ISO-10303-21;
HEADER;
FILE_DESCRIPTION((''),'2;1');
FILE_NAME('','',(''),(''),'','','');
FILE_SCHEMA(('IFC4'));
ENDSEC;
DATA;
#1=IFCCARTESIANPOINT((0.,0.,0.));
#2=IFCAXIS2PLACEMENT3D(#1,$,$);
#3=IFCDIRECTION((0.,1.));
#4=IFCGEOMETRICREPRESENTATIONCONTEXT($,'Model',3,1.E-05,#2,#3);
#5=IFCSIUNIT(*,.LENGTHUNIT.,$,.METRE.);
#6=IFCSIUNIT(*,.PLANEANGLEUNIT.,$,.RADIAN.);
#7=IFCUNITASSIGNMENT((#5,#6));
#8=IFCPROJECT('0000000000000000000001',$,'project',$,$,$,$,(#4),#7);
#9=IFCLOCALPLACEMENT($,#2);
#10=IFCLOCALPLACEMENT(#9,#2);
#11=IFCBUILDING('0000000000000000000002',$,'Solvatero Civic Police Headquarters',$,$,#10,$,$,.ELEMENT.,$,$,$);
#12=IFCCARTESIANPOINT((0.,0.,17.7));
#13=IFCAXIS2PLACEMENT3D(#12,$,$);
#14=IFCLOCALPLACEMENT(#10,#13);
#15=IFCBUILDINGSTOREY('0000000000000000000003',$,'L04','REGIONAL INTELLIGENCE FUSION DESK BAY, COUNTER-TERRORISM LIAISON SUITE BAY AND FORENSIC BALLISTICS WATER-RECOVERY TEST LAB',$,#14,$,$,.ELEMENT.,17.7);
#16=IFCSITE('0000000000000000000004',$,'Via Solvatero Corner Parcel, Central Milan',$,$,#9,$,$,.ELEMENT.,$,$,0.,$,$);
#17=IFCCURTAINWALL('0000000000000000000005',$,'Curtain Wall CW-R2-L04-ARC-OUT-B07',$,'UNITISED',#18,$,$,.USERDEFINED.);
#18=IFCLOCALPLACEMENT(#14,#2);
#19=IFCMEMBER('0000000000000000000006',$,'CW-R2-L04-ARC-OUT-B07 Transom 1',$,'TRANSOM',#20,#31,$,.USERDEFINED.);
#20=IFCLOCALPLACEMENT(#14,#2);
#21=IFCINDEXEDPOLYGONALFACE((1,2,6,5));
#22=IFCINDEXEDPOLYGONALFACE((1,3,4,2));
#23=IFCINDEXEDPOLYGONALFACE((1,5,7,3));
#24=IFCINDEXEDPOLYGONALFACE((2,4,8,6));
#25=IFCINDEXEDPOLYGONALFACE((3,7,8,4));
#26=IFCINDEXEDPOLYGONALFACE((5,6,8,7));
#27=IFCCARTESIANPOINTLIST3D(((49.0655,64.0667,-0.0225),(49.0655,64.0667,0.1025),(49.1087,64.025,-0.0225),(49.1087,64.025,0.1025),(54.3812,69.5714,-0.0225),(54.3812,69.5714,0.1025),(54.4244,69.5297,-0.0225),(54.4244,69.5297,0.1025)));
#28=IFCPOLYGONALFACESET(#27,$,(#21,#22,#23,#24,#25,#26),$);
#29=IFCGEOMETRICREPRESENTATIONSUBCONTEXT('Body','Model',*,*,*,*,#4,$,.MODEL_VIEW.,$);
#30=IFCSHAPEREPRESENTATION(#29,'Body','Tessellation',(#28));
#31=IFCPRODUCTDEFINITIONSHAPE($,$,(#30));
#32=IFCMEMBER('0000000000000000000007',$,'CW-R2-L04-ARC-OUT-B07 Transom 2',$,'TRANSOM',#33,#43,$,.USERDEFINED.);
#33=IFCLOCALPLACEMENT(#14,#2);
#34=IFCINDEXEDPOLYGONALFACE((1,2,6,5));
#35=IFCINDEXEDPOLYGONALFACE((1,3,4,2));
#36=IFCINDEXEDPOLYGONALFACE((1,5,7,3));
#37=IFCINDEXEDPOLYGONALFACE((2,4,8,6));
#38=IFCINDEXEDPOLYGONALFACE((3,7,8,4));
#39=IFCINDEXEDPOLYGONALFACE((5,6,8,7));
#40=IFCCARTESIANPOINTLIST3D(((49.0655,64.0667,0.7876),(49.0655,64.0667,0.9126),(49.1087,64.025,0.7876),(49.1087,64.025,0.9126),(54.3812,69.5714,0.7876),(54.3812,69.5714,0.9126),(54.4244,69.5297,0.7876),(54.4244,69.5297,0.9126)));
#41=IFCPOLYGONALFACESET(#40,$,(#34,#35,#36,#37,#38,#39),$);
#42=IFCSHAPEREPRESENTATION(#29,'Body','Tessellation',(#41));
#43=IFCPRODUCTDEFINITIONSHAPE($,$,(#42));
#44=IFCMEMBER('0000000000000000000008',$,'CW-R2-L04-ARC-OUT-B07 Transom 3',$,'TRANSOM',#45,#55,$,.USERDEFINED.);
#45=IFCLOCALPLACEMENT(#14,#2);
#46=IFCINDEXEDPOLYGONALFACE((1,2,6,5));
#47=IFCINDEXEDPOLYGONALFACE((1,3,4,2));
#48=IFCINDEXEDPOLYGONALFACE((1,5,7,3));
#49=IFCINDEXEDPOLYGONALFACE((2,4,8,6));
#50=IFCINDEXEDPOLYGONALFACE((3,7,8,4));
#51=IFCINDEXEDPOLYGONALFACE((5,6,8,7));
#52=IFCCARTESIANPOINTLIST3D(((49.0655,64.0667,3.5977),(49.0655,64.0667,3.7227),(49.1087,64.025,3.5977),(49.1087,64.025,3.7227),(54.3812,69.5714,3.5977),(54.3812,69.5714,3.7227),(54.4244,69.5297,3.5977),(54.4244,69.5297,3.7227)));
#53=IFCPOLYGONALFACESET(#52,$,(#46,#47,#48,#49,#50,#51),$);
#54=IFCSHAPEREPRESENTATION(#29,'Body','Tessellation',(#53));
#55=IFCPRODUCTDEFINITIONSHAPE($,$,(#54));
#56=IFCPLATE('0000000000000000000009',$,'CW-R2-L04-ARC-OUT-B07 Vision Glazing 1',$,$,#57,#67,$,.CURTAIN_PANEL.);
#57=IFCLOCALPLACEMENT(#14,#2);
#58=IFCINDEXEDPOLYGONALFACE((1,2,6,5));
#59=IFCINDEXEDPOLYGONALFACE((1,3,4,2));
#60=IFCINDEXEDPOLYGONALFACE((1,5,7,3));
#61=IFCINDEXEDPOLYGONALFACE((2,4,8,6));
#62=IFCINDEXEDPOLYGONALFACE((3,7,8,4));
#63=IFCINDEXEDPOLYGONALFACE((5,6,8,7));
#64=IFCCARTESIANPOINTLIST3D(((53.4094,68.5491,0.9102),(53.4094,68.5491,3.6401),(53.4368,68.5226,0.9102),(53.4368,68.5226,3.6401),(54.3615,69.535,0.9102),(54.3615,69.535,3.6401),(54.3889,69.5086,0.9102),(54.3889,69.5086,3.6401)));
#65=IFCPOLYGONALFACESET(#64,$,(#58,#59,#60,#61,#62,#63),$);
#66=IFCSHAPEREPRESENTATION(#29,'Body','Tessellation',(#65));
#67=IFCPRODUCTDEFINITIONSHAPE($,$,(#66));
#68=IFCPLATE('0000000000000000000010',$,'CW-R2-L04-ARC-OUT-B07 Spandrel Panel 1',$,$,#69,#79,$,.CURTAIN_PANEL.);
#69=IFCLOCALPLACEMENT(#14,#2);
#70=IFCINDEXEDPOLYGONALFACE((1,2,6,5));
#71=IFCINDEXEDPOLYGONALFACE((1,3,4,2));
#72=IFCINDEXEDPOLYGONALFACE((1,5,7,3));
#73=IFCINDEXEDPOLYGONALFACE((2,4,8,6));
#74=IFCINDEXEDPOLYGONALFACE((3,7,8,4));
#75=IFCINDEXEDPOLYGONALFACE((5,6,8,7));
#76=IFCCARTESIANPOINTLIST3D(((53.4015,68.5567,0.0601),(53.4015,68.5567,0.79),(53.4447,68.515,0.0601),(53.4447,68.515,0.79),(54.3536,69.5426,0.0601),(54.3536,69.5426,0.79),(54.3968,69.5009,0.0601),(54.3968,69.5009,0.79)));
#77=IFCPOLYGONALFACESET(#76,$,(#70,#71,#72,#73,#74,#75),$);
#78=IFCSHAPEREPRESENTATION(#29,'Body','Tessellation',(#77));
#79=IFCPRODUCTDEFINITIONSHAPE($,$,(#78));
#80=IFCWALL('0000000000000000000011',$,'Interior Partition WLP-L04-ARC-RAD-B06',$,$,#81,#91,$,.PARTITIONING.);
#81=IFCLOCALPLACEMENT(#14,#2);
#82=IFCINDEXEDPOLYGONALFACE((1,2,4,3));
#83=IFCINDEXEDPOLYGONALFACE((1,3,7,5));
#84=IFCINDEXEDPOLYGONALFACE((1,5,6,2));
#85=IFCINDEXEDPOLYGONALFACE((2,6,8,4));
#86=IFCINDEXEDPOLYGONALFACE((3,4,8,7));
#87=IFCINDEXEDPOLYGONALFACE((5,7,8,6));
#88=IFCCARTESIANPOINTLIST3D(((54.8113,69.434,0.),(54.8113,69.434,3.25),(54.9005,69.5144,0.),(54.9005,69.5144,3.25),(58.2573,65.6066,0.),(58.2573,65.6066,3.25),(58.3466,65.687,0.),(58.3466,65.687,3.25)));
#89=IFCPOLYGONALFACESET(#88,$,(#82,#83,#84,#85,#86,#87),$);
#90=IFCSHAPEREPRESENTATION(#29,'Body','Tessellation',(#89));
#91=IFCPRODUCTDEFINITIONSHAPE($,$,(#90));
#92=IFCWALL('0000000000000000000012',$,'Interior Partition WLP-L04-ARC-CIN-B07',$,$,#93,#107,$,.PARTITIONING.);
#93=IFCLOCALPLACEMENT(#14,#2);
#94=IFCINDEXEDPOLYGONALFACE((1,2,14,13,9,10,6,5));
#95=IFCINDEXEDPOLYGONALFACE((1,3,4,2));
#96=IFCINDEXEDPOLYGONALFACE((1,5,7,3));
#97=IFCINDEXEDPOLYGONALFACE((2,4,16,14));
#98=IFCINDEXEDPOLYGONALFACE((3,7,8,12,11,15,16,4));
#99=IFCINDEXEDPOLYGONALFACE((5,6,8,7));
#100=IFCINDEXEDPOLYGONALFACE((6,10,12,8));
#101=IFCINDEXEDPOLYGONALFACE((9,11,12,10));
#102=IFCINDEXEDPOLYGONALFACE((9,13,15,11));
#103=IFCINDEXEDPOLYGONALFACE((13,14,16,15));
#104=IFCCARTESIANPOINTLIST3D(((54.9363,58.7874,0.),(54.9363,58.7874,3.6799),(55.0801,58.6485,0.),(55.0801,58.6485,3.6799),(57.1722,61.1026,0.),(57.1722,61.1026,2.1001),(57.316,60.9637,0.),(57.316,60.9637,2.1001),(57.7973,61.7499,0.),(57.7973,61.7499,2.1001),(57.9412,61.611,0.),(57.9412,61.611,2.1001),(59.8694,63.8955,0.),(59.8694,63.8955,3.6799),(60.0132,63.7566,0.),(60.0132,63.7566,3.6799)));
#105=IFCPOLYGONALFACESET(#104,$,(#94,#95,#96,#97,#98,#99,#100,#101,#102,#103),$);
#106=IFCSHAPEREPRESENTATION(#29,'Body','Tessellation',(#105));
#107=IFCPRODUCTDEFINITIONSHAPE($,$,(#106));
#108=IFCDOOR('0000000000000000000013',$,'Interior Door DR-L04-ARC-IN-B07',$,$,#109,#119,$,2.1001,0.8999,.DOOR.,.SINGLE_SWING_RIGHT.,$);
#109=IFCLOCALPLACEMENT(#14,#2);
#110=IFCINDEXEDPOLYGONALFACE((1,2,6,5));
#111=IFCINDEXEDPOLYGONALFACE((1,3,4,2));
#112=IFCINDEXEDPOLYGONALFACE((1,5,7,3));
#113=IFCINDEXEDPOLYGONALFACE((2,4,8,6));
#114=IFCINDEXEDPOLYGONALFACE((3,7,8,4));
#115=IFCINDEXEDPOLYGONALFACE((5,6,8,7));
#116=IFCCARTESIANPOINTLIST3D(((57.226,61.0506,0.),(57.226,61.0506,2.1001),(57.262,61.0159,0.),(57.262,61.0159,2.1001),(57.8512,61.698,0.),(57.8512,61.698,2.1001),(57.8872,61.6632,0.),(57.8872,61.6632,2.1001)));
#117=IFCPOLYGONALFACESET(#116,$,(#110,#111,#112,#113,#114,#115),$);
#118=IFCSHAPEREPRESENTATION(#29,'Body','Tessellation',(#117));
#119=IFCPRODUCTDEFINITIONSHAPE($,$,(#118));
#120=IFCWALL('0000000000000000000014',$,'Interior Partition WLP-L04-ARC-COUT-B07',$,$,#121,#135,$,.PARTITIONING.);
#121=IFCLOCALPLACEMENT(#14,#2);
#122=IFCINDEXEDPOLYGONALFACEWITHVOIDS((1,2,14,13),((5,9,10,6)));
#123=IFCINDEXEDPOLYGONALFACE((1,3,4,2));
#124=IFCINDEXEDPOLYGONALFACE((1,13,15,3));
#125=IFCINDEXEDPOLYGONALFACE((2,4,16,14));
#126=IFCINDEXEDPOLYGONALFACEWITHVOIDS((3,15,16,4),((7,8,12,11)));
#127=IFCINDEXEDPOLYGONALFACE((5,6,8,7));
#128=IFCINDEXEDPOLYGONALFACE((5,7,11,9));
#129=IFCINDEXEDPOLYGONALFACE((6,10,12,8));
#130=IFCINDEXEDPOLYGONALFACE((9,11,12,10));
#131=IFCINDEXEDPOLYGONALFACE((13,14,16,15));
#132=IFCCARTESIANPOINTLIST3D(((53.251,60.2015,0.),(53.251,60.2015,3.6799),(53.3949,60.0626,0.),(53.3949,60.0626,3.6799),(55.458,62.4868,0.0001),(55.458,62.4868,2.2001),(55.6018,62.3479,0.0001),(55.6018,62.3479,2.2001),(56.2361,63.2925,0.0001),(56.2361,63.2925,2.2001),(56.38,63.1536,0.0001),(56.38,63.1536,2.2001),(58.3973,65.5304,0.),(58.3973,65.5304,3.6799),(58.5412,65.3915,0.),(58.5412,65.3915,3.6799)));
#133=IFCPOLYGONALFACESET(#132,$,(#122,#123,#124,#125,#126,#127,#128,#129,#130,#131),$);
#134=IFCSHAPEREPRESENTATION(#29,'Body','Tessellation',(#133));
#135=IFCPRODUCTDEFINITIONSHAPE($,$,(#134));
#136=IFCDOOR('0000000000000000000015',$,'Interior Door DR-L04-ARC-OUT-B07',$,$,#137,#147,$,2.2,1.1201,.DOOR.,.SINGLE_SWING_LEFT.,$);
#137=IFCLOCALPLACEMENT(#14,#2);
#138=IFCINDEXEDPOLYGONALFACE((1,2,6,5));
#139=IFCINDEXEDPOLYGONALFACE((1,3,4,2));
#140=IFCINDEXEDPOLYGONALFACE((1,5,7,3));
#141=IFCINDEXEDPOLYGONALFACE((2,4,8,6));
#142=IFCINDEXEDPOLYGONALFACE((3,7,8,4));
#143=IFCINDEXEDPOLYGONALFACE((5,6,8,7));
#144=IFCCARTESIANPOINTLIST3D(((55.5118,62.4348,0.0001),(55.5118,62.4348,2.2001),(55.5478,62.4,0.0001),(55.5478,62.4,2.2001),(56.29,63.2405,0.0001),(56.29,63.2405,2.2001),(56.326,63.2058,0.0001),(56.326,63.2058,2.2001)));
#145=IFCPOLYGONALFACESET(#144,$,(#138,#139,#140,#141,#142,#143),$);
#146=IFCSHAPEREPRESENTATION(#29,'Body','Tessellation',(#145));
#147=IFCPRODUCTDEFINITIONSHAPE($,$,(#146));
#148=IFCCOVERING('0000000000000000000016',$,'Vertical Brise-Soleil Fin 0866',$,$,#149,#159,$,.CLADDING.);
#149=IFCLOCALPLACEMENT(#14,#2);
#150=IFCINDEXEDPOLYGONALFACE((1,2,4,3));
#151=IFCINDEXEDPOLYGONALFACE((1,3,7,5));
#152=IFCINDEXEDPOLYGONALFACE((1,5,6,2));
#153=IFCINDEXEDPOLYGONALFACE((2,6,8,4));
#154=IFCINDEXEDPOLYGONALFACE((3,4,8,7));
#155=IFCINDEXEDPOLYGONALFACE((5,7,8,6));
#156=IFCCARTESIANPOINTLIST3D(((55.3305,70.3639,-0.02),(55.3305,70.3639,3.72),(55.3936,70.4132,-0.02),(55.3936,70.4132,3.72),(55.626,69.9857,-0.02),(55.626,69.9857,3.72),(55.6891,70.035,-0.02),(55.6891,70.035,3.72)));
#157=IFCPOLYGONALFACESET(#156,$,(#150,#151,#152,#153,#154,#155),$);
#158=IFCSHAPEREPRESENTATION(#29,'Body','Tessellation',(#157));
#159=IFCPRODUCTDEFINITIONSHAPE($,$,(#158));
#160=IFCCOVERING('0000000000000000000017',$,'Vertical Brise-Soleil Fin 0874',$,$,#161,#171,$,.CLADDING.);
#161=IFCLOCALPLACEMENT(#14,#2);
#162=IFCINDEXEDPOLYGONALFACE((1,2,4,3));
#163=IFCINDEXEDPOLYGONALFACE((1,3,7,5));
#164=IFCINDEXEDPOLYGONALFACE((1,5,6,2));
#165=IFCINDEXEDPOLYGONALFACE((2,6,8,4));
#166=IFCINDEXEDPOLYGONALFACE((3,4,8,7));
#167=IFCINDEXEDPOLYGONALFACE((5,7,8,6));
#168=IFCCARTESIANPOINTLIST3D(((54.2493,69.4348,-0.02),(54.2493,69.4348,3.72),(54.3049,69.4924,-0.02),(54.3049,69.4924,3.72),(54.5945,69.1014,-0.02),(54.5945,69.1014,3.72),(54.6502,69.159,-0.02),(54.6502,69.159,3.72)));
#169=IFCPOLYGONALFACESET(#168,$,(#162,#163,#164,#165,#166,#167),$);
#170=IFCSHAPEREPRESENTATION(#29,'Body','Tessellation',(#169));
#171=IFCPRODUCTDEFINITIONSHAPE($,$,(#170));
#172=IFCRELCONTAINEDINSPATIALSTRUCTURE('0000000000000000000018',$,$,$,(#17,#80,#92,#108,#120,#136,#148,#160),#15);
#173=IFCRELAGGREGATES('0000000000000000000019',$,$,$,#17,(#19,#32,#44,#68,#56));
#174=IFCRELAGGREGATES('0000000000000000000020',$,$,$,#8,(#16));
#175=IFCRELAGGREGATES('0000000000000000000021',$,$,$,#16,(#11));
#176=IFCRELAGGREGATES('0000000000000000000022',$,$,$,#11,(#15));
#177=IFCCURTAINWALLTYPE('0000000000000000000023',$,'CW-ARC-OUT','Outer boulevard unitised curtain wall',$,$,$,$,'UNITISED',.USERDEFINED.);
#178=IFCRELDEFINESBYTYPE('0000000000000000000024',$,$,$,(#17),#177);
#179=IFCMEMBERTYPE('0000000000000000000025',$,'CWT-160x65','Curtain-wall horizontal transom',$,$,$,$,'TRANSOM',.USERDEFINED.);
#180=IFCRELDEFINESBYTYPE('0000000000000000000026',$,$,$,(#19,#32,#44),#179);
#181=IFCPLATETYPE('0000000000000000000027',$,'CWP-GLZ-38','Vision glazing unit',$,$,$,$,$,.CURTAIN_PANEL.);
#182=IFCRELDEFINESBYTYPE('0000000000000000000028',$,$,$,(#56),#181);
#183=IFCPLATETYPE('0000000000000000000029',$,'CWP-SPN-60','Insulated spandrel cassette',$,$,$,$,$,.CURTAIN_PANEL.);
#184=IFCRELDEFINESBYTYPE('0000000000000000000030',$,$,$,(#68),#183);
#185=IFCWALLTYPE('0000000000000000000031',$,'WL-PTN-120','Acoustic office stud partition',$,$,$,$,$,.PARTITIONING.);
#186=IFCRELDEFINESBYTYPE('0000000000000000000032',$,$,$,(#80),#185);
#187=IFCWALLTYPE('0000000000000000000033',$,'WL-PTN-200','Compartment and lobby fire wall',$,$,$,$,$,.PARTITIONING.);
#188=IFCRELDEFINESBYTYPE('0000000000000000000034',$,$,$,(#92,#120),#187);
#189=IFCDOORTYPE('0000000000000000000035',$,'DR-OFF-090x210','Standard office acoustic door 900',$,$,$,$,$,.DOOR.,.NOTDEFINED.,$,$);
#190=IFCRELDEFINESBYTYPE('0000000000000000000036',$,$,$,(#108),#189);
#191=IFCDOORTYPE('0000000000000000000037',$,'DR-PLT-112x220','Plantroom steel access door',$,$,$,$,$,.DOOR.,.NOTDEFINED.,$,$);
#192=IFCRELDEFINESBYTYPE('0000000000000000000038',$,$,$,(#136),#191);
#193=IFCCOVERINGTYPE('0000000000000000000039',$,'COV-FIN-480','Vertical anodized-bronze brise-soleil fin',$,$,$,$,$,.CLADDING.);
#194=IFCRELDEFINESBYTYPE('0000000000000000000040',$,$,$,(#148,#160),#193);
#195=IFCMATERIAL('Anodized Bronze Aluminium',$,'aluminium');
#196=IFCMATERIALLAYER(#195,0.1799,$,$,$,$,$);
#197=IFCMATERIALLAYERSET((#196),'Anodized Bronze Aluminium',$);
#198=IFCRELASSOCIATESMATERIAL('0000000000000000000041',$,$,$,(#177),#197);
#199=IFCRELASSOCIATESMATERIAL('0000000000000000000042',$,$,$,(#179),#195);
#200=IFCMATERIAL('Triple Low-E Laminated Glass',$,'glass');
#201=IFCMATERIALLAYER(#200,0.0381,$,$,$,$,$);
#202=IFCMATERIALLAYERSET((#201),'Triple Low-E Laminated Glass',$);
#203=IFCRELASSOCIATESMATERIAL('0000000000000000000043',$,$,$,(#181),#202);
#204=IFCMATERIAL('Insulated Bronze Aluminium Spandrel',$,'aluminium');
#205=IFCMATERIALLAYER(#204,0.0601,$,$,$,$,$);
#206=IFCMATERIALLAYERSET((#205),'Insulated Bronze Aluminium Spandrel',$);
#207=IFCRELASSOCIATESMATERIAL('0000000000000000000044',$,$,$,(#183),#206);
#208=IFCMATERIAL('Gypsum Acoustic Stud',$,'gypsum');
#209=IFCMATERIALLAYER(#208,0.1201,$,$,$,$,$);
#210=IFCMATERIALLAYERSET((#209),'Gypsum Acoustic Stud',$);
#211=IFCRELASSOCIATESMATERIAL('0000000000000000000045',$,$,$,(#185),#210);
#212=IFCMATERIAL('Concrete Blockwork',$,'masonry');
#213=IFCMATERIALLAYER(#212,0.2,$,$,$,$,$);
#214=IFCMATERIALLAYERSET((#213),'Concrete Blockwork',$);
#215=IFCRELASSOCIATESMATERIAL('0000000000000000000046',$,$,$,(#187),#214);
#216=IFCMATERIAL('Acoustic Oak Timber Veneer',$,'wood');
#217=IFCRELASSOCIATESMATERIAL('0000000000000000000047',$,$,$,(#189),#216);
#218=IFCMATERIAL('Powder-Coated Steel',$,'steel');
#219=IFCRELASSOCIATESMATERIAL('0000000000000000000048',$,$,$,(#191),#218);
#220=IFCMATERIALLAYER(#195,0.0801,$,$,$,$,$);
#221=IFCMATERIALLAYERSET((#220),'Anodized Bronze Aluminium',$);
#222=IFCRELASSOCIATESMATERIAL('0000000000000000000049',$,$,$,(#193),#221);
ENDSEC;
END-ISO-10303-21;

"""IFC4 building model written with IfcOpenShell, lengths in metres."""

from ifc_helpers import new_model, si_unit, direction, frame, frame_2d, origin, origin_2d, place, context, subcontext, project, spatial, rectangle, extrude, material, layer, layer_set, material_profile, profile_set, type_object, element, fill, aggregate, save


model = new_model("IFC4")

# Units and contexts
model_context = context("Model", 3, precision=1e-05, world=origin(), true_north=direction((0.0, 1.0)))
body_context = subcontext(model_context, "Body", "Model", "MODEL_VIEW")
ifc_project = project(units=[si_unit("LENGTHUNIT", "METRE"), si_unit("PLANEANGLEUNIT", "RADIAN")], contexts=[model_context])

# Site, building, storey
site_placement = place(None, origin())
site = spatial("IfcSite", under=ifc_project, at=site_placement, Name="Via Solvatero Corner Parcel, Central Milan", CompositionType="ELEMENT", RefElevation=0.0)
building_placement = place(site_placement, origin())
building = spatial("IfcBuilding", under=site, at=building_placement, Name="Solvatero Civic Police Headquarters", CompositionType="ELEMENT")
storey_placement = place(building_placement, frame((0.0, 0.0, 17.7)))
storey = spatial("IfcBuildingStorey", under=building, at=storey_placement, Name="L04", Description="REGIONAL INTELLIGENCE FUSION DESK BAY, COUNTER-TERRORISM LIAISON SUITE BAY AND FORENSIC BALLISTICS WATER-RECOVERY TEST LAB", CompositionType="ELEMENT", Elevation=17.7)

# Curtain wall
ifc_material_1 = material(Name="Anodized Bronze Aluminium", Category="aluminium")
ifc_layer_1 = layer(ifc_material_1, 0.1799)
ifc_layer_set_1 = layer_set([ifc_layer_1], Name="Anodized Bronze Aluminium")
curtain_wall_type = type_object("IfcCurtainWallType", Name="CW-ARC-OUT", Description="Outer boulevard unitised curtain wall", ElementType="UNITISED", PredefinedType="USERDEFINED", material=ifc_layer_set_1)
curtain_wall_1_placement = place(storey_placement, origin())
curtain_wall_1 = element("IfcCurtainWall", 1, at=curtain_wall_1_placement, inside=storey, type_object=curtain_wall_type, Name="Curtain Wall CW-R2-L04-ARC-OUT-B07", ObjectType="UNITISED", PredefinedType="USERDEFINED")

# Members
ifc_material_profile_1 = material_profile(ifc_material_1, rectangle(XDim=0.0601, YDim=0.125, at=origin_2d()), Name="ALU TRANSOM 60x125")
ifc_profile_set_1 = profile_set([ifc_material_profile_1], Name="Anodized Bronze Aluminium")
member_type_1 = type_object("IfcMemberType", Name="CWT-160x65", Description="Curtain-wall horizontal transom", ElementType="TRANSOM", PredefinedType="USERDEFINED", material=ifc_profile_set_1)
member_1_placement = place(storey_placement, frame((54.4028, 69.5505, 0.04), z_axis=(-0.694652, -0.719346, 0.0), x_axis=(0.719346, -0.694652, 0.0)))
member_1 = element("IfcMember", 2, at=member_1_placement, type_object=member_type_1, Name="CW-R2-L04-ARC-OUT-B07 Transom 1", ObjectType="TRANSOM", PredefinedType="USERDEFINED", context=body_context, shape_type="SweptSolid", body=[
    extrude(rectangle(XDim=0.0601, YDim=0.125, at=origin_2d()), origin(), (0.0, 0.0, 1.0), 7.6523),
])
member_2_placement = place(storey_placement, frame((54.4028, 69.5505, 0.8501), z_axis=(-0.694652, -0.719346, 0.0), x_axis=(0.719346, -0.694652, 0.0)))
member_2 = element("IfcMember", 3, at=member_2_placement, type_object=member_type_1, Name="CW-R2-L04-ARC-OUT-B07 Transom 2", ObjectType="TRANSOM", PredefinedType="USERDEFINED", context=body_context, shape_type="SweptSolid", body=[
    extrude(rectangle(XDim=0.0601, YDim=0.125, at=origin_2d()), origin(), (0.0, 0.0, 1.0), 7.6523),
])
member_3_placement = place(storey_placement, frame((54.4028, 69.5505, 3.6602), z_axis=(-0.694652, -0.719346, 0.0), x_axis=(0.719346, -0.694652, 0.0)))
member_3 = element("IfcMember", 4, at=member_3_placement, type_object=member_type_1, Name="CW-R2-L04-ARC-OUT-B07 Transom 3", ObjectType="TRANSOM", PredefinedType="USERDEFINED", context=body_context, shape_type="SweptSolid", body=[
    extrude(rectangle(XDim=0.0601, YDim=0.125, at=origin_2d()), origin(), (0.0, 0.0, 1.0), 7.6523),
])

# Plates
ifc_material_2 = material(Name="Triple Low-E Laminated Glass", Category="glass")
ifc_layer_2 = layer(ifc_material_2, 0.0381)
ifc_layer_set_2 = layer_set([ifc_layer_2], Name="Triple Low-E Laminated Glass")
plate_type_1 = type_object("IfcPlateType", Name="CWP-GLZ-38", Description="Vision glazing unit", PredefinedType="CURTAIN_PANEL", material=ifc_layer_set_2)
plate_1_placement = place(storey_placement, frame((53.8992, 69.0288, 0.9102), z_axis=(0.0, 0.0, 1.0), x_axis=(-0.694646, -0.719352, 0.0)))
plate_1 = element("IfcPlate", 5, at=plate_1_placement, type_object=plate_type_1, Name="CW-R2-L04-ARC-OUT-B07 Vision Glazing 1", PredefinedType="CURTAIN_PANEL", context=body_context, shape_type="SweptSolid", body=[
    extrude(rectangle(XDim=1.3706, YDim=0.0381, at=origin_2d()), origin(), (0.0, 0.0, 1.0), 2.73),
])
ifc_material_3 = material(Name="Insulated Bronze Aluminium Spandrel", Category="aluminium")
ifc_layer_3 = layer(ifc_material_3, 0.0601)
ifc_layer_set_3 = layer_set([ifc_layer_3], Name="Insulated Bronze Aluminium Spandrel")
plate_type_2 = type_object("IfcPlateType", Name="CWP-SPN-60", Description="Insulated spandrel cassette", PredefinedType="CURTAIN_PANEL", material=ifc_layer_set_3)
plate_2_placement = place(storey_placement, frame((53.8992, 69.0288, 0.0601), z_axis=(0.0, 0.0, 1.0), x_axis=(-0.694646, -0.719352, 0.0)))
plate_2 = element("IfcPlate", 6, at=plate_2_placement, type_object=plate_type_2, Name="CW-R2-L04-ARC-OUT-B07 Spandrel Panel 1", PredefinedType="CURTAIN_PANEL", context=body_context, shape_type="SweptSolid", body=[
    extrude(rectangle(XDim=1.3706, YDim=0.0601, at=origin_2d()), origin(), (0.0, 0.0, 1.0), 0.73),
])
aggregate(curtain_wall_1, [member_1, member_2, member_3, plate_2, plate_1])

# Wall
ifc_material_4 = material(Name="Gypsum Acoustic Stud", Category="gypsum")
ifc_layer_4 = layer(ifc_material_4, 0.1201)
ifc_layer_set_4 = layer_set([ifc_layer_4], Name="Gypsum Acoustic Stud")
wall_type_1 = type_object("IfcWallType", Name="WL-PTN-120", Description="Acoustic office stud partition", PredefinedType="PARTITIONING", material=ifc_layer_set_4)
wall_1_placement = place(storey_placement, frame((58.302, 65.6467, 0.0), z_axis=(0.0, 0.0, 1.0), x_axis=(-0.669114, 0.74316, 0.0)))
element("IfcWall", 7, at=wall_1_placement, inside=storey, type_object=wall_type_1, Name="Interior Partition WLP-L04-ARC-RAD-B06", PredefinedType="PARTITIONING", context=body_context, shape_type="SweptSolid", body=[
    extrude(rectangle(XDim=5.1501, YDim=0.1201, at=frame_2d((2.5752, 0.0))), origin(), (0.0, 0.0, 1.0), 3.25),
])

# Walls, openings, doors
ifc_material_5 = material(Name="Concrete Blockwork", Category="masonry")
ifc_layer_5 = layer(ifc_material_5, 0.2)
ifc_layer_set_5 = layer_set([ifc_layer_5], Name="Concrete Blockwork")
wall_type_2 = type_object("IfcWallType", Name="WL-PTN-200", Description="Compartment and lobby fire wall", PredefinedType="PARTITIONING", material=ifc_layer_set_5)
wall_2_placement = place(storey_placement, frame((59.9414, 63.8262, 0.0), z_axis=(0.0, 0.0, 1.0), x_axis=(-0.694674, -0.719324, 0.0)))
wall_2 = element("IfcWall", 8, at=wall_2_placement, inside=storey, type_object=wall_type_2, Name="Interior Partition WLP-L04-ARC-CIN-B07", PredefinedType="PARTITIONING", context=body_context, shape_type="SweptSolid", body=[
    extrude(rectangle(XDim=7.1013, YDim=0.2, at=frame_2d((3.5508, 0.0))), origin(), (0.0, 0.0, 1.0), 3.6799),
])
opening_1_placement = place(wall_2_placement, frame((2.9829, 0.0, 0.0)))
opening_1 = element("IfcOpeningElement", 9, at=opening_1_placement, cuts=wall_2, PredefinedType="OPENING", context=body_context, shape_type="SweptSolid", body=[
    extrude(rectangle(XDim=0.8999, YDim=2.1001, at=frame_2d((0.45, 1.05))), frame((0.0, 0.1099, 0.0), z_axis=(0.0, -1.0, 0.0), x_axis=(1.0, 0.0, 0.0)), (0.0, 0.0, 1.0), 0.22),
])
ifc_material_6 = material(Name="Acoustic Oak Timber Veneer", Category="wood")
door_type_1 = type_object("IfcDoorType", Name="DR-OFF-090x210", Description="Standard office acoustic door 900", OperationType="NOTDEFINED", PredefinedType="DOOR", material=ifc_material_6)
door_1_placement = place(opening_1_placement, origin())
door_1 = element("IfcDoor", 10, at=door_1_placement, inside=storey, type_object=door_type_1, Name="Interior Door DR-L04-ARC-IN-B07", OperationType="SINGLE_SWING_RIGHT", OverallHeight=2.1001, OverallWidth=0.8999, PredefinedType="DOOR", context=body_context, shape_type="SweptSolid", body=[
    extrude(rectangle(XDim=0.8999, YDim=2.1001, at=frame_2d((0.45, 1.05))), frame((0.0, 0.0249, 0.0), z_axis=(0.0, -1.0, 0.0), x_axis=(1.0, 0.0, 0.0)), (0.0, 0.0, 1.0), 0.05),
])
fill(opening_1, door_1)
wall_3_placement = place(storey_placement, frame((58.4692, 65.4609, 0.0), z_axis=(0.0, 0.0, 1.0), x_axis=(-0.694674, -0.719325, 0.0)))
wall_3 = element("IfcWall", 11, at=wall_3_placement, inside=storey, type_object=wall_type_2, Name="Interior Partition WLP-L04-ARC-COUT-B07", PredefinedType="PARTITIONING", context=body_context, shape_type="SweptSolid", body=[
    extrude(rectangle(XDim=7.4082, YDim=0.2, at=frame_2d((3.7041, 0.0))), origin(), (0.0, 0.0, 1.0), 3.6799),
])
opening_2_placement = place(wall_3_placement, frame((3.1111, 0.0, 0.0)))
opening_2 = element("IfcOpeningElement", 12, at=opening_2_placement, cuts=wall_3, PredefinedType="OPENING", context=body_context, shape_type="SweptSolid", body=[
    extrude(rectangle(XDim=1.1201, YDim=2.2, at=frame_2d((0.5601, 1.1001))), frame((0.0, 0.1099, 0.0), z_axis=(0.0, -1.0, 0.0), x_axis=(1.0, 0.0, 0.0)), (0.0, 0.0, 1.0), 0.22),
])
ifc_material_7 = material(Name="Powder-Coated Steel", Category="steel")
door_type_2 = type_object("IfcDoorType", Name="DR-PLT-112x220", Description="Plantroom steel access door", OperationType="NOTDEFINED", PredefinedType="DOOR", material=ifc_material_7)
door_2_placement = place(opening_2_placement, origin())
door_2 = element("IfcDoor", 13, at=door_2_placement, inside=storey, type_object=door_type_2, Name="Interior Door DR-L04-ARC-OUT-B07", OperationType="SINGLE_SWING_LEFT", OverallHeight=2.2, OverallWidth=1.1201, PredefinedType="DOOR", context=body_context, shape_type="SweptSolid", body=[
    extrude(rectangle(XDim=1.1201, YDim=2.2, at=frame_2d((0.5601, 1.1001))), frame((0.0, 0.0249, 0.0), z_axis=(0.0, -1.0, 0.0), x_axis=(1.0, 0.0, 0.0)), (0.0, 0.0, 1.0), 0.05),
])
fill(opening_2, door_2)

# Coverings
ifc_layer_6 = layer(ifc_material_1, 0.0801)
ifc_layer_set_6 = layer_set([ifc_layer_6], Name="Anodized Bronze Aluminium")
covering_type = type_object("IfcCoveringType", Name="COV-FIN-480", Description="Vertical anodized-bronze brise-soleil fin", PredefinedType="CLADDING", material=ifc_layer_set_6)
for number, where, z_axis, x_axis, name in (
    (14, (55.5098, 70.1995, -0.02), (0.0, 0.0, 1.0), (-0.788011, -0.615661, 0.0), "Vertical Brise-Soleil Fin 0866"),
    (15, (54.4497, 69.2969, -0.02), (0.0, 0.0, 1.0), (-0.694646, -0.719352, 0.0), "Vertical Brise-Soleil Fin 0874"),
):
    element("IfcCovering", number, at=place(storey_placement, frame(where, z_axis=z_axis, x_axis=x_axis)), inside=storey, type_object=covering_type, Name=name, PredefinedType="CLADDING", context=body_context, shape_type="SweptSolid", body=[
        extrude(rectangle(XDim=0.0801, YDim=0.48, at=origin_2d()), origin(), (0.0, 0.0, 1.0), 3.74),
    ])

save(model, "model.ifc")
